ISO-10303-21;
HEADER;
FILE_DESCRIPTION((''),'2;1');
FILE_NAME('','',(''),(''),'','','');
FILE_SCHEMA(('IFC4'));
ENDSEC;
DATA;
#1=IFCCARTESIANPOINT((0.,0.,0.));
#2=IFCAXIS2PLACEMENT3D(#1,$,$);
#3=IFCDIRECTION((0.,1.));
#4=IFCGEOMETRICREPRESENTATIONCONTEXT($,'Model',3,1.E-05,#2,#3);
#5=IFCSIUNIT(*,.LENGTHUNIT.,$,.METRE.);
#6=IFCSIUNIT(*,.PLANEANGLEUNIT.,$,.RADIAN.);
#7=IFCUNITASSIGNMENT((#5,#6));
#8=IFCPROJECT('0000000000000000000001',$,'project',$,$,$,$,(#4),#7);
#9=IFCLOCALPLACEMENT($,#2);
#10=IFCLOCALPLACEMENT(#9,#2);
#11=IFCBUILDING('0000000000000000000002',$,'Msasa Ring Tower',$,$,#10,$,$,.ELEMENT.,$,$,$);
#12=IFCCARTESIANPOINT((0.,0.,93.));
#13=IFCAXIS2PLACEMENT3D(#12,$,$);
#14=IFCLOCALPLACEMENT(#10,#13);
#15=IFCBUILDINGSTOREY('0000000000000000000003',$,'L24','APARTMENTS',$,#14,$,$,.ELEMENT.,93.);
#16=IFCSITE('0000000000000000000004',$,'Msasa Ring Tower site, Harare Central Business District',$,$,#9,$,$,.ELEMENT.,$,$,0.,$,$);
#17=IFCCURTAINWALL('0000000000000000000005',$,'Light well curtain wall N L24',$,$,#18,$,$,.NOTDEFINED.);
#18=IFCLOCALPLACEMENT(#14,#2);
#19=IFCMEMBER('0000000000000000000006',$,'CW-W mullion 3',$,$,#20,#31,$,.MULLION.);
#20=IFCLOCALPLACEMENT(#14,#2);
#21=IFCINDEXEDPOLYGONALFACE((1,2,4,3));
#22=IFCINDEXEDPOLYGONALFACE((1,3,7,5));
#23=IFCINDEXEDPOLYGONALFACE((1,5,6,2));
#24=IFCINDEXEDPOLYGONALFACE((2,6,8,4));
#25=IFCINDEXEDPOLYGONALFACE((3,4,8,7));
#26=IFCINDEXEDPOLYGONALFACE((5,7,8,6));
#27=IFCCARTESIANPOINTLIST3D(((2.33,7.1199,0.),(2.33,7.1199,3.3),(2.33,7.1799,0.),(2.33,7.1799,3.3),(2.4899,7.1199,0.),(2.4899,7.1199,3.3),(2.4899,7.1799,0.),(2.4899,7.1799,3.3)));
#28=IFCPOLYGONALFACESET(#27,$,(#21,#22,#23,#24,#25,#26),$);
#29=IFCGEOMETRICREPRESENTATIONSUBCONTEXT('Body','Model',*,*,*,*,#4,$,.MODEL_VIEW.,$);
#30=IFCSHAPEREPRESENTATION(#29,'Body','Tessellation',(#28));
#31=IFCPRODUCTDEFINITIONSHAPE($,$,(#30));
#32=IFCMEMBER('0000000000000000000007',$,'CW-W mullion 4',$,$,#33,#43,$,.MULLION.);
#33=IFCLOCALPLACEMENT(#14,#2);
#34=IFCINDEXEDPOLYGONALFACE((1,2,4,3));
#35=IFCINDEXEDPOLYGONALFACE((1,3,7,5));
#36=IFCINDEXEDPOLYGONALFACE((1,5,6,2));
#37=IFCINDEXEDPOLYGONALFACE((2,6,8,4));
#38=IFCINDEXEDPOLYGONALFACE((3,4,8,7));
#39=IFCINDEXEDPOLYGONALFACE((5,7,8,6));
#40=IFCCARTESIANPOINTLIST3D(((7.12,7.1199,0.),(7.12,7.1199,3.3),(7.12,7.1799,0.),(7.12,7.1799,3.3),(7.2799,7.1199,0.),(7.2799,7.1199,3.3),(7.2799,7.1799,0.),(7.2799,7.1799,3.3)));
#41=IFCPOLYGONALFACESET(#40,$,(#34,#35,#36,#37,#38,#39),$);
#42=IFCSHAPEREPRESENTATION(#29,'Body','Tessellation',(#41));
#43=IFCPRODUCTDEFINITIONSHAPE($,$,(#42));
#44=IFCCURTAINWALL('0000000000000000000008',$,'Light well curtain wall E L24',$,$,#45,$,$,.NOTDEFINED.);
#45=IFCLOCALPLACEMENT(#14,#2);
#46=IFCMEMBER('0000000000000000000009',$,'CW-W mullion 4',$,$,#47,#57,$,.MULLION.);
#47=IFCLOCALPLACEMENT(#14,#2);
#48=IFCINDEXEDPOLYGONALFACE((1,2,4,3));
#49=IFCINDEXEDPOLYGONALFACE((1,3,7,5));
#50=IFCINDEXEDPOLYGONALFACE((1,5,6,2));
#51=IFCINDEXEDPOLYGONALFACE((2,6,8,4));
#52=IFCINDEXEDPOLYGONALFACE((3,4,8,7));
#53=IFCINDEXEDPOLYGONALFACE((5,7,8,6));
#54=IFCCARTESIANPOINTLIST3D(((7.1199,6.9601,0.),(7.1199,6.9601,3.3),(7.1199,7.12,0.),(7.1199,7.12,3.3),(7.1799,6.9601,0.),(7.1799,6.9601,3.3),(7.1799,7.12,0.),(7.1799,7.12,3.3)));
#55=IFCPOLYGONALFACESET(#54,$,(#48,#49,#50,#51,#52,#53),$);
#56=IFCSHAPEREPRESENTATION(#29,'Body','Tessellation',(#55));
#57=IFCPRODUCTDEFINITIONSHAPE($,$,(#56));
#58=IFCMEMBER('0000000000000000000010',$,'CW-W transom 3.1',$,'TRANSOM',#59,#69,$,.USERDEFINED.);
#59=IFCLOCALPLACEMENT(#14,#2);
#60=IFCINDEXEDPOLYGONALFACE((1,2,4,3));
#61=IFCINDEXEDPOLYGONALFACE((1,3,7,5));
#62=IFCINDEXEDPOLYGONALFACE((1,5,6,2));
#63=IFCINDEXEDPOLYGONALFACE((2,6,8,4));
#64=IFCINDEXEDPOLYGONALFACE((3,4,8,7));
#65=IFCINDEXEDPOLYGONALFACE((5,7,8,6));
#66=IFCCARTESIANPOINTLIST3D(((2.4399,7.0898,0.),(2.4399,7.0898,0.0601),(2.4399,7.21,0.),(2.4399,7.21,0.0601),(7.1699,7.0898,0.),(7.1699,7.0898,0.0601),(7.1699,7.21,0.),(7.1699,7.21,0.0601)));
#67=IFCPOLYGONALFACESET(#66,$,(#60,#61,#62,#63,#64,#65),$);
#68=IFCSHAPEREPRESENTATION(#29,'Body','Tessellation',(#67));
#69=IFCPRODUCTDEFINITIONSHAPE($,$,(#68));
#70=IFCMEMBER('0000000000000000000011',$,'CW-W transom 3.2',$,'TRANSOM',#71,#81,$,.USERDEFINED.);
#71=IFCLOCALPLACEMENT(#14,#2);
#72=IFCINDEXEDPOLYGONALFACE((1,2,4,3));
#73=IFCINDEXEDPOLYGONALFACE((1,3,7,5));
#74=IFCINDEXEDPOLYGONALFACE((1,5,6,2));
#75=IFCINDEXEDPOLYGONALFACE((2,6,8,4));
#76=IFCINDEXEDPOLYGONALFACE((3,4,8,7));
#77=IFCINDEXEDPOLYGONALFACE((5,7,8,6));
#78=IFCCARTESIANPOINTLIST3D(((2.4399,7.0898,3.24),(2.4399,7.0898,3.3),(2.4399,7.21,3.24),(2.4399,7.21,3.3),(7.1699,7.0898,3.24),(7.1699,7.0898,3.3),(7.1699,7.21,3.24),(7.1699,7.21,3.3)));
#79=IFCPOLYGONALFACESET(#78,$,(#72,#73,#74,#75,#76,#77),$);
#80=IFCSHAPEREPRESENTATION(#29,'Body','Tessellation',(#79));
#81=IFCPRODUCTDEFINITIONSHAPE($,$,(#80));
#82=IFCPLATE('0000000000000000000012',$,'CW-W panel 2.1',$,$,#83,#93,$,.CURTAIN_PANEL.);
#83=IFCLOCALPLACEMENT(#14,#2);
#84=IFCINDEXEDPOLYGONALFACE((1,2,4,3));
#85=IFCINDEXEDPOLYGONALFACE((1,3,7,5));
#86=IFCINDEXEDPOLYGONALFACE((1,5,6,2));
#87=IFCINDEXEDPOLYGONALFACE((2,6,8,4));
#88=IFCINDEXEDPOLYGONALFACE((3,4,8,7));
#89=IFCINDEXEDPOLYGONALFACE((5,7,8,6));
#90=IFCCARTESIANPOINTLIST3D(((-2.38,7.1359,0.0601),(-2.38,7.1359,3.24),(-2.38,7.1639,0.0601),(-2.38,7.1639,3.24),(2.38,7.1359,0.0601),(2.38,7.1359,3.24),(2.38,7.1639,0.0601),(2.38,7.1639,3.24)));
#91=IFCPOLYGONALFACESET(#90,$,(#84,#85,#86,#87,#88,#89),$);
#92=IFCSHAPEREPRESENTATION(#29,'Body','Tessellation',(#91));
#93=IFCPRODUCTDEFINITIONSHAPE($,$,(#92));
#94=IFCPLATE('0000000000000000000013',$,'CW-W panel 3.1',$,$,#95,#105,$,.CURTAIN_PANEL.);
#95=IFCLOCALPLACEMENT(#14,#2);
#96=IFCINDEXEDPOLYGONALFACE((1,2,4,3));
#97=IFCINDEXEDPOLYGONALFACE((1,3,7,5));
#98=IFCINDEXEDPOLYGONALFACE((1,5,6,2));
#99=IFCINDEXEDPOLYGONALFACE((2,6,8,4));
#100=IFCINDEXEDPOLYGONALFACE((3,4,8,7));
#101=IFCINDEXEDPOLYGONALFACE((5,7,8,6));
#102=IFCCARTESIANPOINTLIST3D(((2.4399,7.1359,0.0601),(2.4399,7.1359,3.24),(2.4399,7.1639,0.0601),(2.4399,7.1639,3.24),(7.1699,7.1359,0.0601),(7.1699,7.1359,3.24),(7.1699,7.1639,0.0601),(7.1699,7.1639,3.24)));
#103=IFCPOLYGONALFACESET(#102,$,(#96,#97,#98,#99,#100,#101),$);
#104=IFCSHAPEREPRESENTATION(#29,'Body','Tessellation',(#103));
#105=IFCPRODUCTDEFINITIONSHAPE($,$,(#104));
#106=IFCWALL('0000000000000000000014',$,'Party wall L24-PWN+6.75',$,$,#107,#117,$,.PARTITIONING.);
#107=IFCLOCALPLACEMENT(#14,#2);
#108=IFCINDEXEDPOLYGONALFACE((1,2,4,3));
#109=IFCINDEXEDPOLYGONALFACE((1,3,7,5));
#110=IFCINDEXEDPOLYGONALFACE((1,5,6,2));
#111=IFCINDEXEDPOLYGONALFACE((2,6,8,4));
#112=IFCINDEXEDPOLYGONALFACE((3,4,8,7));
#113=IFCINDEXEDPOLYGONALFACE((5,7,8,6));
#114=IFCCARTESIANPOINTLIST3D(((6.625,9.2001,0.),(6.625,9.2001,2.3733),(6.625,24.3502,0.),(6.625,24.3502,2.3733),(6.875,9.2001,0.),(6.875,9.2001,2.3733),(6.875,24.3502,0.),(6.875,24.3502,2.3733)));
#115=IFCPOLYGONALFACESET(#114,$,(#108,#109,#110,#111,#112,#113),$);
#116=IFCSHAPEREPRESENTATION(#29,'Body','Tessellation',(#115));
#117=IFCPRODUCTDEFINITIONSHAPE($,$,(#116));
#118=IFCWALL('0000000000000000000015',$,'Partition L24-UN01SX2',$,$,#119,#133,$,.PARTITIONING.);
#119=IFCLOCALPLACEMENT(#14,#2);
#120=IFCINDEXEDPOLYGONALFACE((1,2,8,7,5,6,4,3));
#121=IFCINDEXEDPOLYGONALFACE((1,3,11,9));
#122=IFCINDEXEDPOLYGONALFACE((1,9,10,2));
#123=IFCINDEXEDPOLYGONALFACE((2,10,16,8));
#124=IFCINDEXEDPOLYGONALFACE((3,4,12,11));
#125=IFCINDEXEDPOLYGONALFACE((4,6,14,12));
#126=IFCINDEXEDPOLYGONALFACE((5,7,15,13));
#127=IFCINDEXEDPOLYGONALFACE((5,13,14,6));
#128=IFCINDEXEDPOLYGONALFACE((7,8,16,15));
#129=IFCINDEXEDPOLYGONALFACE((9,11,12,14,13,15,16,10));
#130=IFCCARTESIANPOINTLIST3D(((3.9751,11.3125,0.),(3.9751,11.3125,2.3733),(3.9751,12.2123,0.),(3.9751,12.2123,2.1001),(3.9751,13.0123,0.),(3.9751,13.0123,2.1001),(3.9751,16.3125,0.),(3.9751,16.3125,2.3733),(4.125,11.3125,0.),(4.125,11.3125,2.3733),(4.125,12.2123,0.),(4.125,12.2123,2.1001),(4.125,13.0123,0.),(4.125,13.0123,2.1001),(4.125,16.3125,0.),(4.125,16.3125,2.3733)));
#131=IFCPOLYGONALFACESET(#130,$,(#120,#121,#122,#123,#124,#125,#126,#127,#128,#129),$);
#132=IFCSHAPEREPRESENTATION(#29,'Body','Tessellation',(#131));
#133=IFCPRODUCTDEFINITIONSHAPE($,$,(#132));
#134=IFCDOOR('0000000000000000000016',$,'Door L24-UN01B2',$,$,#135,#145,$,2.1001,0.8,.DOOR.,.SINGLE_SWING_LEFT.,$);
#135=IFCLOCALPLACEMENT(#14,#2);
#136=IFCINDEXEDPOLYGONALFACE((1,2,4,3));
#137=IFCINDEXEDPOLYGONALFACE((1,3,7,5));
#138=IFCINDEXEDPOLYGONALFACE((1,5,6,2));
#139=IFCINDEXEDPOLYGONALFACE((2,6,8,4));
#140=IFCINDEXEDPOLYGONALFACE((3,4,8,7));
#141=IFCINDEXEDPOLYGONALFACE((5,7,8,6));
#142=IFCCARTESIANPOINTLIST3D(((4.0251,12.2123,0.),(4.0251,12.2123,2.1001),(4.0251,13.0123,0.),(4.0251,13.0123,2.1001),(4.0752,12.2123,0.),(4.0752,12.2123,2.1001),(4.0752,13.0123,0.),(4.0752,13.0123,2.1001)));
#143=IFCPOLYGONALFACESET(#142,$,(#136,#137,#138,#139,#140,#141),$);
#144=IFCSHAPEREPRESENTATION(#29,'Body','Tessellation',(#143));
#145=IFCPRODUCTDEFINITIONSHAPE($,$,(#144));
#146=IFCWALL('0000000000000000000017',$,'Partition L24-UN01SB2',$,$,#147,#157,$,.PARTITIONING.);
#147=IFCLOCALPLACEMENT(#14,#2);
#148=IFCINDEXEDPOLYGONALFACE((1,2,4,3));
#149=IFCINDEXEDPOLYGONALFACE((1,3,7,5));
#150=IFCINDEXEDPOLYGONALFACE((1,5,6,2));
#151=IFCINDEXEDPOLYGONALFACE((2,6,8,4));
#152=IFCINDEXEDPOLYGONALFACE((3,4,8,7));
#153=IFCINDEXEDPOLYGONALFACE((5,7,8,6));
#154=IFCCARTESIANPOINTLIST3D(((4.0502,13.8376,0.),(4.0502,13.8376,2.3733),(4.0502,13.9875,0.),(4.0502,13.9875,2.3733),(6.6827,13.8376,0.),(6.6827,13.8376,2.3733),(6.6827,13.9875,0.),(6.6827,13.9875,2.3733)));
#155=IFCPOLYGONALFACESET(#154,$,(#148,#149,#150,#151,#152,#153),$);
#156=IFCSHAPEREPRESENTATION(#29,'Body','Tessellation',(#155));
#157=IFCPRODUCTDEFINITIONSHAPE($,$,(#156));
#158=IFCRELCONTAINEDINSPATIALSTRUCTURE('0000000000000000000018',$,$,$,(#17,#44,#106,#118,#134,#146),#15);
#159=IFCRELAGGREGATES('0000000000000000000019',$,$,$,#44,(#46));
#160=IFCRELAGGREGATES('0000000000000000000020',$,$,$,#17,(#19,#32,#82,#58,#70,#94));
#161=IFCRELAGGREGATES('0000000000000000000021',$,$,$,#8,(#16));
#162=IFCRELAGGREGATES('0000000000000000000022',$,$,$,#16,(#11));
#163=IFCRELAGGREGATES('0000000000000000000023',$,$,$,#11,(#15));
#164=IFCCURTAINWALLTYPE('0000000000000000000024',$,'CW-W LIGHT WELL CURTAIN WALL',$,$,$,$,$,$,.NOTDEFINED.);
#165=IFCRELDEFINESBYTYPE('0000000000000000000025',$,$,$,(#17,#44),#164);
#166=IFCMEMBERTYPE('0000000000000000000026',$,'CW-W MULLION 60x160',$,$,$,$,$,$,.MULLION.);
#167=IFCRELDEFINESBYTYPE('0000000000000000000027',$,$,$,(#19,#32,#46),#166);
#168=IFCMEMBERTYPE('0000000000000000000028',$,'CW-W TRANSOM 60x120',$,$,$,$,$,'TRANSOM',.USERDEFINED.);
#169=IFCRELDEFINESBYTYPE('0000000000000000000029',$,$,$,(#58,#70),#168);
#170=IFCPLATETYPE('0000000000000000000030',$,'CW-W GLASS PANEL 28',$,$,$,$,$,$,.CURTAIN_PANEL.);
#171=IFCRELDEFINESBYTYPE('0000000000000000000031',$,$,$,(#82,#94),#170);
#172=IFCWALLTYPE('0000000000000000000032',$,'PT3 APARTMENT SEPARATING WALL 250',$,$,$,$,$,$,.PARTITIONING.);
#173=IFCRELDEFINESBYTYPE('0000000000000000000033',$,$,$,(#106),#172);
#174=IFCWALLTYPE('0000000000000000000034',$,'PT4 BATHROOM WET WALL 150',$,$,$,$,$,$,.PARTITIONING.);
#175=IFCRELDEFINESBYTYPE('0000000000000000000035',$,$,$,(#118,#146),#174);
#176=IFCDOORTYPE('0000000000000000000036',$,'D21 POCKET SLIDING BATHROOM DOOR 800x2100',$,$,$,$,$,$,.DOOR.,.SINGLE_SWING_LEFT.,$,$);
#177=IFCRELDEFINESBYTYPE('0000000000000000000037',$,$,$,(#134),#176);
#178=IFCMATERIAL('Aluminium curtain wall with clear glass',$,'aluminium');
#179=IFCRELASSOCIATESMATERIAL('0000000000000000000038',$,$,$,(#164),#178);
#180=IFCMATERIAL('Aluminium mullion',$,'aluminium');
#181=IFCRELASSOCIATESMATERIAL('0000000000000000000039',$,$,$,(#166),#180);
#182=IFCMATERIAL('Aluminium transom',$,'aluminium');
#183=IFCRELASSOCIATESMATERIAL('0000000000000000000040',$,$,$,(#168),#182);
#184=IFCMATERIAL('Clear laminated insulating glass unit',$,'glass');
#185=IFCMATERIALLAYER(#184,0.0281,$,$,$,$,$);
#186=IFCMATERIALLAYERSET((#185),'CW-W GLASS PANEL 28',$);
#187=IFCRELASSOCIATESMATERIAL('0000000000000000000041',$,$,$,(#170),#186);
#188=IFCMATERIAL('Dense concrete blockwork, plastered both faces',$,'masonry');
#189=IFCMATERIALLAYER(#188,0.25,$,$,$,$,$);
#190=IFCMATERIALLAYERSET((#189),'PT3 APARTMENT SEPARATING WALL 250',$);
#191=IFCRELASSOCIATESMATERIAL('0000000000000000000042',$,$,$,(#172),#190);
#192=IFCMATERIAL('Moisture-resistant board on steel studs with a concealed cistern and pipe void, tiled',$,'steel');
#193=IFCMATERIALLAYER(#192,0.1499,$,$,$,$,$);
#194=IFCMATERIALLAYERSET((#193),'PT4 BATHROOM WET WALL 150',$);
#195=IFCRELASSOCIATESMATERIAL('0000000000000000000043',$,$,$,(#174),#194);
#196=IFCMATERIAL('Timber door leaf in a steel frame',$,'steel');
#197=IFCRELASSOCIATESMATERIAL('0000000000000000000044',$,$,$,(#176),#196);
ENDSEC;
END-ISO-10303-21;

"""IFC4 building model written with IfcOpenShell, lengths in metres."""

from ifc_helpers import new_model, si_unit, direction, frame, frame_2d, origin, origin_2d, place, context, subcontext, project, spatial, rectangle, extrude, material, layer, layer_set, material_profile, profile_set, type_object, element, fill, aggregate, save


model = new_model("IFC4")

# Units and contexts
model_context = context("Model", 3, precision=1e-05, world=origin(), true_north=direction((0.0, 1.0)))
body_context = subcontext(model_context, "Body", "Model", "MODEL_VIEW")
ifc_project = project(units=[si_unit("LENGTHUNIT", "METRE"), si_unit("PLANEANGLEUNIT", "RADIAN")], contexts=[model_context])

# Site, building, storey
site_placement = place(None, origin())
site = spatial("IfcSite", under=ifc_project, at=site_placement, Name="Msasa Ring Tower site, Harare Central Business District", CompositionType="ELEMENT", RefElevation=0.0)
building_placement = place(site_placement, origin())
building = spatial("IfcBuilding", under=site, at=building_placement, Name="Msasa Ring Tower", CompositionType="ELEMENT")
storey_placement = place(building_placement, frame((0.0, 0.0, 93.0)))
storey = spatial("IfcBuildingStorey", under=building, at=storey_placement, Name="L24", Description="APARTMENTS", CompositionType="ELEMENT", Elevation=93.0)

# Curtain wall, members
ifc_material_1 = material(Name="Aluminium curtain wall with clear glass", Category="aluminium")
curtain_wall_type = type_object("IfcCurtainWallType", Name="CW-W LIGHT WELL CURTAIN WALL", PredefinedType="NOTDEFINED", material=ifc_material_1)
curtain_wall_1_placement = place(storey_placement, origin())
curtain_wall_1 = element("IfcCurtainWall", 1, at=curtain_wall_1_placement, inside=storey, type_object=curtain_wall_type, Name="Light well curtain wall N L24", PredefinedType="NOTDEFINED")
ifc_material_2 = material(Name="Aluminium mullion", Category="aluminium")
ifc_material_profile_1 = material_profile(ifc_material_2, rectangle(XDim=0.0601, YDim=0.1599, at=origin_2d()), Name="AL 60x160")
ifc_profile_set_1 = profile_set([ifc_material_profile_1], Name="Aluminium mullion")
member_type_1 = type_object("IfcMemberType", Name="CW-W MULLION 60x160", PredefinedType="MULLION", material=ifc_profile_set_1)
member_1_placement = place(storey_placement, frame((2.4099, 7.1499, 0.0), z_axis=(0.0, 0.0, 1.0), x_axis=(0.0, 1.0, 0.0)))
member_1 = element("IfcMember", 2, at=member_1_placement, type_object=member_type_1, Name="CW-W mullion 3", PredefinedType="MULLION", context=body_context, shape_type="SweptSolid", body=[
    extrude(rectangle(XDim=0.0601, YDim=0.1599, at=origin_2d()), origin(), (0.0, 0.0, 1.0), 3.3),
])
member_2_placement = place(storey_placement, frame((7.2, 7.1499, 0.0), z_axis=(0.0, 0.0, 1.0), x_axis=(0.0, 1.0, 0.0)))
member_2 = element("IfcMember", 3, at=member_2_placement, type_object=member_type_1, Name="CW-W mullion 4", PredefinedType="MULLION", context=body_context, shape_type="SweptSolid", body=[
    extrude(rectangle(XDim=0.0601, YDim=0.1599, at=origin_2d()), origin(), (0.0, 0.0, 1.0), 3.3),
])

# Curtain wall, member
curtain_wall_2_placement = place(storey_placement, origin())
curtain_wall_2 = element("IfcCurtainWall", 4, at=curtain_wall_2_placement, inside=storey, type_object=curtain_wall_type, Name="Light well curtain wall E L24", PredefinedType="NOTDEFINED")
member_3_placement = place(storey_placement, frame((7.1499, 7.04, 0.0), z_axis=(0.0, 0.0, 1.0), x_axis=(-1.0, 0.0, 0.0)))
member_3 = element("IfcMember", 5, at=member_3_placement, type_object=member_type_1, Name="CW-W mullion 4", PredefinedType="MULLION", context=body_context, shape_type="SweptSolid", body=[
    extrude(rectangle(XDim=0.0601, YDim=0.1599, at=origin_2d()), origin(), (0.0, 0.0, 1.0), 3.3),
])
aggregate(curtain_wall_2, [member_3])

# Members
ifc_material_3 = material(Name="Aluminium transom", Category="aluminium")
ifc_material_profile_2 = material_profile(ifc_material_3, rectangle(XDim=0.1201, YDim=0.0601, at=origin_2d()), Name="AL 60x120")
ifc_profile_set_2 = profile_set([ifc_material_profile_2], Name="Aluminium transom")
member_type_2 = type_object("IfcMemberType", Name="CW-W TRANSOM 60x120", ElementType="TRANSOM", PredefinedType="USERDEFINED", material=ifc_profile_set_2)
member_4_placement = place(storey_placement, frame((2.4399, 7.1499, 0.03), z_axis=(1.0, 0.0, 0.0), x_axis=(0.0, 1.0, 0.0)))
member_4 = element("IfcMember", 6, at=member_4_placement, type_object=member_type_2, Name="CW-W transom 3.1", ObjectType="TRANSOM", PredefinedType="USERDEFINED", context=body_context, shape_type="SweptSolid", body=[
    extrude(rectangle(XDim=0.1201, YDim=0.0601, at=origin_2d()), origin(), (0.0, 0.0, 1.0), 4.73),
])
member_5_placement = place(storey_placement, frame((2.4399, 7.1499, 3.27), z_axis=(1.0, 0.0, 0.0), x_axis=(0.0, 1.0, 0.0)))
member_5 = element("IfcMember", 7, at=member_5_placement, type_object=member_type_2, Name="CW-W transom 3.2", ObjectType="TRANSOM", PredefinedType="USERDEFINED", context=body_context, shape_type="SweptSolid", body=[
    extrude(rectangle(XDim=0.1201, YDim=0.0601, at=origin_2d()), origin(), (0.0, 0.0, 1.0), 4.73),
])

# Plates
ifc_material_4 = material(Name="Clear laminated insulating glass unit", Category="glass")
ifc_layer_1 = layer(ifc_material_4, 0.0281)
ifc_layer_set_1 = layer_set([ifc_layer_1], Name="CW-W GLASS PANEL 28")
plate_type = type_object("IfcPlateType", Name="CW-W GLASS PANEL 28", PredefinedType="CURTAIN_PANEL", material=ifc_layer_set_1)
plate_1_placement = place(storey_placement, frame((0.0, 7.1499, 0.0601), z_axis=(0.0, 0.0, 1.0), x_axis=(1.0, 0.0, 0.0)))
plate_1 = element("IfcPlate", 8, at=plate_1_placement, type_object=plate_type, Name="CW-W panel 2.1", PredefinedType="CURTAIN_PANEL", context=body_context, shape_type="SweptSolid", body=[
    extrude(rectangle(XDim=4.76, YDim=0.0281, at=origin_2d()), origin(), (0.0, 0.0, 1.0), 3.1799),
])
plate_2_placement = place(storey_placement, frame((4.8049, 7.1499, 0.0601), z_axis=(0.0, 0.0, 1.0), x_axis=(1.0, 0.0, 0.0)))
plate_2 = element("IfcPlate", 9, at=plate_2_placement, type_object=plate_type, Name="CW-W panel 3.1", PredefinedType="CURTAIN_PANEL", context=body_context, shape_type="SweptSolid", body=[
    extrude(rectangle(XDim=4.73, YDim=0.0281, at=origin_2d()), origin(), (0.0, 0.0, 1.0), 3.1799),
])
aggregate(curtain_wall_1, [member_1, member_2, plate_1, member_4, member_5, plate_2])

# Wall
ifc_material_5 = material(Name="Dense concrete blockwork, plastered both faces", Category="masonry")
ifc_layer_2 = layer(ifc_material_5, 0.25)
ifc_layer_set_2 = layer_set([ifc_layer_2], Name="PT3 APARTMENT SEPARATING WALL 250")
wall_type_1 = type_object("IfcWallType", Name="PT3 APARTMENT SEPARATING WALL 250", PredefinedType="PARTITIONING", material=ifc_layer_set_2)
wall_1_placement = place(storey_placement, frame((6.75, 9.2, 0.0), z_axis=(0.0, 0.0, 1.0), x_axis=(0.0, 1.0, 0.0)))
element("IfcWall", 10, at=wall_1_placement, inside=storey, type_object=wall_type_1, Name="Party wall L24-PWN+6.75", PredefinedType="PARTITIONING", context=body_context, shape_type="SweptSolid", body=[
    extrude(rectangle(XDim=15.1501, YDim=0.25, at=frame_2d((7.5752, 0.0))), origin(), (0.0, 0.0, 1.0), 2.3733),
])

# Wall, opening, door
ifc_material_6 = material(Name="Moisture-resistant board on steel studs with a concealed cistern and pipe void, tiled", Category="steel")
ifc_layer_3 = layer(ifc_material_6, 0.1499)
ifc_layer_set_3 = layer_set([ifc_layer_3], Name="PT4 BATHROOM WET WALL 150")
wall_type_2 = type_object("IfcWallType", Name="PT4 BATHROOM WET WALL 150", PredefinedType="PARTITIONING", material=ifc_layer_set_3)
wall_2_placement = place(storey_placement, frame((4.05, 11.3125, 0.0), z_axis=(0.0, 0.0, 1.0), x_axis=(0.0, 1.0, 0.0)))
wall_2 = element("IfcWall", 11, at=wall_2_placement, inside=storey, type_object=wall_type_2, Name="Partition L24-UN01SX2", PredefinedType="PARTITIONING", context=body_context, shape_type="SweptSolid", body=[
    extrude(rectangle(XDim=5.0, YDim=0.1499, at=frame_2d((2.5, 0.0))), origin(), (0.0, 0.0, 1.0), 2.3733),
])
opening_1_placement = place(wall_2_placement, frame((0.8999, 0.0, 0.0)))
opening_1 = element("IfcOpeningElement", 12, at=opening_1_placement, cuts=wall_2, PredefinedType="OPENING", context=body_context, shape_type="SweptSolid", body=[
    extrude(rectangle(XDim=0.8, YDim=2.1001, at=frame_2d((0.3999, 1.05))), frame((0.0, 0.085, 0.0), z_axis=(0.0, -1.0, 0.0), x_axis=(1.0, 0.0, 0.0)), (0.0, 0.0, 1.0), 0.1699),
])
ifc_material_7 = material(Name="Timber door leaf in a steel frame", Category="steel")
door_type = type_object("IfcDoorType", Name="D21 POCKET SLIDING BATHROOM DOOR 800x2100", OperationType="SINGLE_SWING_LEFT", PredefinedType="DOOR", material=ifc_material_7)
door_1_placement = place(opening_1_placement, origin())
door_1 = element("IfcDoor", 13, at=door_1_placement, inside=storey, type_object=door_type, Name="Door L24-UN01B2", OperationType="SINGLE_SWING_LEFT", OverallHeight=2.1001, OverallWidth=0.8, PredefinedType="DOOR", context=body_context, shape_type="SweptSolid", body=[
    extrude(rectangle(XDim=0.8, YDim=2.1001, at=frame_2d((0.3999, 1.05))), frame((0.0, 0.0249, 0.0), z_axis=(0.0, -1.0, 0.0), x_axis=(1.0, 0.0, 0.0)), (0.0, 0.0, 1.0), 0.05),
])
fill(opening_1, door_1)

# Wall
wall_3_placement = place(storey_placement, frame((4.05, 13.9126, 0.0), z_axis=(0.0, 0.0, 1.0), x_axis=(1.0, 0.0, 0.0)))
element("IfcWall", 14, at=wall_3_placement, inside=storey, type_object=wall_type_2, Name="Partition L24-UN01SB2", PredefinedType="PARTITIONING", context=body_context, shape_type="SweptSolid", body=[
    extrude(rectangle(XDim=2.6326, YDim=0.1499, at=frame_2d((1.3164, 0.0))), origin(), (0.0, 0.0, 1.0), 2.3733),
])

save(model, "model.ifc")
